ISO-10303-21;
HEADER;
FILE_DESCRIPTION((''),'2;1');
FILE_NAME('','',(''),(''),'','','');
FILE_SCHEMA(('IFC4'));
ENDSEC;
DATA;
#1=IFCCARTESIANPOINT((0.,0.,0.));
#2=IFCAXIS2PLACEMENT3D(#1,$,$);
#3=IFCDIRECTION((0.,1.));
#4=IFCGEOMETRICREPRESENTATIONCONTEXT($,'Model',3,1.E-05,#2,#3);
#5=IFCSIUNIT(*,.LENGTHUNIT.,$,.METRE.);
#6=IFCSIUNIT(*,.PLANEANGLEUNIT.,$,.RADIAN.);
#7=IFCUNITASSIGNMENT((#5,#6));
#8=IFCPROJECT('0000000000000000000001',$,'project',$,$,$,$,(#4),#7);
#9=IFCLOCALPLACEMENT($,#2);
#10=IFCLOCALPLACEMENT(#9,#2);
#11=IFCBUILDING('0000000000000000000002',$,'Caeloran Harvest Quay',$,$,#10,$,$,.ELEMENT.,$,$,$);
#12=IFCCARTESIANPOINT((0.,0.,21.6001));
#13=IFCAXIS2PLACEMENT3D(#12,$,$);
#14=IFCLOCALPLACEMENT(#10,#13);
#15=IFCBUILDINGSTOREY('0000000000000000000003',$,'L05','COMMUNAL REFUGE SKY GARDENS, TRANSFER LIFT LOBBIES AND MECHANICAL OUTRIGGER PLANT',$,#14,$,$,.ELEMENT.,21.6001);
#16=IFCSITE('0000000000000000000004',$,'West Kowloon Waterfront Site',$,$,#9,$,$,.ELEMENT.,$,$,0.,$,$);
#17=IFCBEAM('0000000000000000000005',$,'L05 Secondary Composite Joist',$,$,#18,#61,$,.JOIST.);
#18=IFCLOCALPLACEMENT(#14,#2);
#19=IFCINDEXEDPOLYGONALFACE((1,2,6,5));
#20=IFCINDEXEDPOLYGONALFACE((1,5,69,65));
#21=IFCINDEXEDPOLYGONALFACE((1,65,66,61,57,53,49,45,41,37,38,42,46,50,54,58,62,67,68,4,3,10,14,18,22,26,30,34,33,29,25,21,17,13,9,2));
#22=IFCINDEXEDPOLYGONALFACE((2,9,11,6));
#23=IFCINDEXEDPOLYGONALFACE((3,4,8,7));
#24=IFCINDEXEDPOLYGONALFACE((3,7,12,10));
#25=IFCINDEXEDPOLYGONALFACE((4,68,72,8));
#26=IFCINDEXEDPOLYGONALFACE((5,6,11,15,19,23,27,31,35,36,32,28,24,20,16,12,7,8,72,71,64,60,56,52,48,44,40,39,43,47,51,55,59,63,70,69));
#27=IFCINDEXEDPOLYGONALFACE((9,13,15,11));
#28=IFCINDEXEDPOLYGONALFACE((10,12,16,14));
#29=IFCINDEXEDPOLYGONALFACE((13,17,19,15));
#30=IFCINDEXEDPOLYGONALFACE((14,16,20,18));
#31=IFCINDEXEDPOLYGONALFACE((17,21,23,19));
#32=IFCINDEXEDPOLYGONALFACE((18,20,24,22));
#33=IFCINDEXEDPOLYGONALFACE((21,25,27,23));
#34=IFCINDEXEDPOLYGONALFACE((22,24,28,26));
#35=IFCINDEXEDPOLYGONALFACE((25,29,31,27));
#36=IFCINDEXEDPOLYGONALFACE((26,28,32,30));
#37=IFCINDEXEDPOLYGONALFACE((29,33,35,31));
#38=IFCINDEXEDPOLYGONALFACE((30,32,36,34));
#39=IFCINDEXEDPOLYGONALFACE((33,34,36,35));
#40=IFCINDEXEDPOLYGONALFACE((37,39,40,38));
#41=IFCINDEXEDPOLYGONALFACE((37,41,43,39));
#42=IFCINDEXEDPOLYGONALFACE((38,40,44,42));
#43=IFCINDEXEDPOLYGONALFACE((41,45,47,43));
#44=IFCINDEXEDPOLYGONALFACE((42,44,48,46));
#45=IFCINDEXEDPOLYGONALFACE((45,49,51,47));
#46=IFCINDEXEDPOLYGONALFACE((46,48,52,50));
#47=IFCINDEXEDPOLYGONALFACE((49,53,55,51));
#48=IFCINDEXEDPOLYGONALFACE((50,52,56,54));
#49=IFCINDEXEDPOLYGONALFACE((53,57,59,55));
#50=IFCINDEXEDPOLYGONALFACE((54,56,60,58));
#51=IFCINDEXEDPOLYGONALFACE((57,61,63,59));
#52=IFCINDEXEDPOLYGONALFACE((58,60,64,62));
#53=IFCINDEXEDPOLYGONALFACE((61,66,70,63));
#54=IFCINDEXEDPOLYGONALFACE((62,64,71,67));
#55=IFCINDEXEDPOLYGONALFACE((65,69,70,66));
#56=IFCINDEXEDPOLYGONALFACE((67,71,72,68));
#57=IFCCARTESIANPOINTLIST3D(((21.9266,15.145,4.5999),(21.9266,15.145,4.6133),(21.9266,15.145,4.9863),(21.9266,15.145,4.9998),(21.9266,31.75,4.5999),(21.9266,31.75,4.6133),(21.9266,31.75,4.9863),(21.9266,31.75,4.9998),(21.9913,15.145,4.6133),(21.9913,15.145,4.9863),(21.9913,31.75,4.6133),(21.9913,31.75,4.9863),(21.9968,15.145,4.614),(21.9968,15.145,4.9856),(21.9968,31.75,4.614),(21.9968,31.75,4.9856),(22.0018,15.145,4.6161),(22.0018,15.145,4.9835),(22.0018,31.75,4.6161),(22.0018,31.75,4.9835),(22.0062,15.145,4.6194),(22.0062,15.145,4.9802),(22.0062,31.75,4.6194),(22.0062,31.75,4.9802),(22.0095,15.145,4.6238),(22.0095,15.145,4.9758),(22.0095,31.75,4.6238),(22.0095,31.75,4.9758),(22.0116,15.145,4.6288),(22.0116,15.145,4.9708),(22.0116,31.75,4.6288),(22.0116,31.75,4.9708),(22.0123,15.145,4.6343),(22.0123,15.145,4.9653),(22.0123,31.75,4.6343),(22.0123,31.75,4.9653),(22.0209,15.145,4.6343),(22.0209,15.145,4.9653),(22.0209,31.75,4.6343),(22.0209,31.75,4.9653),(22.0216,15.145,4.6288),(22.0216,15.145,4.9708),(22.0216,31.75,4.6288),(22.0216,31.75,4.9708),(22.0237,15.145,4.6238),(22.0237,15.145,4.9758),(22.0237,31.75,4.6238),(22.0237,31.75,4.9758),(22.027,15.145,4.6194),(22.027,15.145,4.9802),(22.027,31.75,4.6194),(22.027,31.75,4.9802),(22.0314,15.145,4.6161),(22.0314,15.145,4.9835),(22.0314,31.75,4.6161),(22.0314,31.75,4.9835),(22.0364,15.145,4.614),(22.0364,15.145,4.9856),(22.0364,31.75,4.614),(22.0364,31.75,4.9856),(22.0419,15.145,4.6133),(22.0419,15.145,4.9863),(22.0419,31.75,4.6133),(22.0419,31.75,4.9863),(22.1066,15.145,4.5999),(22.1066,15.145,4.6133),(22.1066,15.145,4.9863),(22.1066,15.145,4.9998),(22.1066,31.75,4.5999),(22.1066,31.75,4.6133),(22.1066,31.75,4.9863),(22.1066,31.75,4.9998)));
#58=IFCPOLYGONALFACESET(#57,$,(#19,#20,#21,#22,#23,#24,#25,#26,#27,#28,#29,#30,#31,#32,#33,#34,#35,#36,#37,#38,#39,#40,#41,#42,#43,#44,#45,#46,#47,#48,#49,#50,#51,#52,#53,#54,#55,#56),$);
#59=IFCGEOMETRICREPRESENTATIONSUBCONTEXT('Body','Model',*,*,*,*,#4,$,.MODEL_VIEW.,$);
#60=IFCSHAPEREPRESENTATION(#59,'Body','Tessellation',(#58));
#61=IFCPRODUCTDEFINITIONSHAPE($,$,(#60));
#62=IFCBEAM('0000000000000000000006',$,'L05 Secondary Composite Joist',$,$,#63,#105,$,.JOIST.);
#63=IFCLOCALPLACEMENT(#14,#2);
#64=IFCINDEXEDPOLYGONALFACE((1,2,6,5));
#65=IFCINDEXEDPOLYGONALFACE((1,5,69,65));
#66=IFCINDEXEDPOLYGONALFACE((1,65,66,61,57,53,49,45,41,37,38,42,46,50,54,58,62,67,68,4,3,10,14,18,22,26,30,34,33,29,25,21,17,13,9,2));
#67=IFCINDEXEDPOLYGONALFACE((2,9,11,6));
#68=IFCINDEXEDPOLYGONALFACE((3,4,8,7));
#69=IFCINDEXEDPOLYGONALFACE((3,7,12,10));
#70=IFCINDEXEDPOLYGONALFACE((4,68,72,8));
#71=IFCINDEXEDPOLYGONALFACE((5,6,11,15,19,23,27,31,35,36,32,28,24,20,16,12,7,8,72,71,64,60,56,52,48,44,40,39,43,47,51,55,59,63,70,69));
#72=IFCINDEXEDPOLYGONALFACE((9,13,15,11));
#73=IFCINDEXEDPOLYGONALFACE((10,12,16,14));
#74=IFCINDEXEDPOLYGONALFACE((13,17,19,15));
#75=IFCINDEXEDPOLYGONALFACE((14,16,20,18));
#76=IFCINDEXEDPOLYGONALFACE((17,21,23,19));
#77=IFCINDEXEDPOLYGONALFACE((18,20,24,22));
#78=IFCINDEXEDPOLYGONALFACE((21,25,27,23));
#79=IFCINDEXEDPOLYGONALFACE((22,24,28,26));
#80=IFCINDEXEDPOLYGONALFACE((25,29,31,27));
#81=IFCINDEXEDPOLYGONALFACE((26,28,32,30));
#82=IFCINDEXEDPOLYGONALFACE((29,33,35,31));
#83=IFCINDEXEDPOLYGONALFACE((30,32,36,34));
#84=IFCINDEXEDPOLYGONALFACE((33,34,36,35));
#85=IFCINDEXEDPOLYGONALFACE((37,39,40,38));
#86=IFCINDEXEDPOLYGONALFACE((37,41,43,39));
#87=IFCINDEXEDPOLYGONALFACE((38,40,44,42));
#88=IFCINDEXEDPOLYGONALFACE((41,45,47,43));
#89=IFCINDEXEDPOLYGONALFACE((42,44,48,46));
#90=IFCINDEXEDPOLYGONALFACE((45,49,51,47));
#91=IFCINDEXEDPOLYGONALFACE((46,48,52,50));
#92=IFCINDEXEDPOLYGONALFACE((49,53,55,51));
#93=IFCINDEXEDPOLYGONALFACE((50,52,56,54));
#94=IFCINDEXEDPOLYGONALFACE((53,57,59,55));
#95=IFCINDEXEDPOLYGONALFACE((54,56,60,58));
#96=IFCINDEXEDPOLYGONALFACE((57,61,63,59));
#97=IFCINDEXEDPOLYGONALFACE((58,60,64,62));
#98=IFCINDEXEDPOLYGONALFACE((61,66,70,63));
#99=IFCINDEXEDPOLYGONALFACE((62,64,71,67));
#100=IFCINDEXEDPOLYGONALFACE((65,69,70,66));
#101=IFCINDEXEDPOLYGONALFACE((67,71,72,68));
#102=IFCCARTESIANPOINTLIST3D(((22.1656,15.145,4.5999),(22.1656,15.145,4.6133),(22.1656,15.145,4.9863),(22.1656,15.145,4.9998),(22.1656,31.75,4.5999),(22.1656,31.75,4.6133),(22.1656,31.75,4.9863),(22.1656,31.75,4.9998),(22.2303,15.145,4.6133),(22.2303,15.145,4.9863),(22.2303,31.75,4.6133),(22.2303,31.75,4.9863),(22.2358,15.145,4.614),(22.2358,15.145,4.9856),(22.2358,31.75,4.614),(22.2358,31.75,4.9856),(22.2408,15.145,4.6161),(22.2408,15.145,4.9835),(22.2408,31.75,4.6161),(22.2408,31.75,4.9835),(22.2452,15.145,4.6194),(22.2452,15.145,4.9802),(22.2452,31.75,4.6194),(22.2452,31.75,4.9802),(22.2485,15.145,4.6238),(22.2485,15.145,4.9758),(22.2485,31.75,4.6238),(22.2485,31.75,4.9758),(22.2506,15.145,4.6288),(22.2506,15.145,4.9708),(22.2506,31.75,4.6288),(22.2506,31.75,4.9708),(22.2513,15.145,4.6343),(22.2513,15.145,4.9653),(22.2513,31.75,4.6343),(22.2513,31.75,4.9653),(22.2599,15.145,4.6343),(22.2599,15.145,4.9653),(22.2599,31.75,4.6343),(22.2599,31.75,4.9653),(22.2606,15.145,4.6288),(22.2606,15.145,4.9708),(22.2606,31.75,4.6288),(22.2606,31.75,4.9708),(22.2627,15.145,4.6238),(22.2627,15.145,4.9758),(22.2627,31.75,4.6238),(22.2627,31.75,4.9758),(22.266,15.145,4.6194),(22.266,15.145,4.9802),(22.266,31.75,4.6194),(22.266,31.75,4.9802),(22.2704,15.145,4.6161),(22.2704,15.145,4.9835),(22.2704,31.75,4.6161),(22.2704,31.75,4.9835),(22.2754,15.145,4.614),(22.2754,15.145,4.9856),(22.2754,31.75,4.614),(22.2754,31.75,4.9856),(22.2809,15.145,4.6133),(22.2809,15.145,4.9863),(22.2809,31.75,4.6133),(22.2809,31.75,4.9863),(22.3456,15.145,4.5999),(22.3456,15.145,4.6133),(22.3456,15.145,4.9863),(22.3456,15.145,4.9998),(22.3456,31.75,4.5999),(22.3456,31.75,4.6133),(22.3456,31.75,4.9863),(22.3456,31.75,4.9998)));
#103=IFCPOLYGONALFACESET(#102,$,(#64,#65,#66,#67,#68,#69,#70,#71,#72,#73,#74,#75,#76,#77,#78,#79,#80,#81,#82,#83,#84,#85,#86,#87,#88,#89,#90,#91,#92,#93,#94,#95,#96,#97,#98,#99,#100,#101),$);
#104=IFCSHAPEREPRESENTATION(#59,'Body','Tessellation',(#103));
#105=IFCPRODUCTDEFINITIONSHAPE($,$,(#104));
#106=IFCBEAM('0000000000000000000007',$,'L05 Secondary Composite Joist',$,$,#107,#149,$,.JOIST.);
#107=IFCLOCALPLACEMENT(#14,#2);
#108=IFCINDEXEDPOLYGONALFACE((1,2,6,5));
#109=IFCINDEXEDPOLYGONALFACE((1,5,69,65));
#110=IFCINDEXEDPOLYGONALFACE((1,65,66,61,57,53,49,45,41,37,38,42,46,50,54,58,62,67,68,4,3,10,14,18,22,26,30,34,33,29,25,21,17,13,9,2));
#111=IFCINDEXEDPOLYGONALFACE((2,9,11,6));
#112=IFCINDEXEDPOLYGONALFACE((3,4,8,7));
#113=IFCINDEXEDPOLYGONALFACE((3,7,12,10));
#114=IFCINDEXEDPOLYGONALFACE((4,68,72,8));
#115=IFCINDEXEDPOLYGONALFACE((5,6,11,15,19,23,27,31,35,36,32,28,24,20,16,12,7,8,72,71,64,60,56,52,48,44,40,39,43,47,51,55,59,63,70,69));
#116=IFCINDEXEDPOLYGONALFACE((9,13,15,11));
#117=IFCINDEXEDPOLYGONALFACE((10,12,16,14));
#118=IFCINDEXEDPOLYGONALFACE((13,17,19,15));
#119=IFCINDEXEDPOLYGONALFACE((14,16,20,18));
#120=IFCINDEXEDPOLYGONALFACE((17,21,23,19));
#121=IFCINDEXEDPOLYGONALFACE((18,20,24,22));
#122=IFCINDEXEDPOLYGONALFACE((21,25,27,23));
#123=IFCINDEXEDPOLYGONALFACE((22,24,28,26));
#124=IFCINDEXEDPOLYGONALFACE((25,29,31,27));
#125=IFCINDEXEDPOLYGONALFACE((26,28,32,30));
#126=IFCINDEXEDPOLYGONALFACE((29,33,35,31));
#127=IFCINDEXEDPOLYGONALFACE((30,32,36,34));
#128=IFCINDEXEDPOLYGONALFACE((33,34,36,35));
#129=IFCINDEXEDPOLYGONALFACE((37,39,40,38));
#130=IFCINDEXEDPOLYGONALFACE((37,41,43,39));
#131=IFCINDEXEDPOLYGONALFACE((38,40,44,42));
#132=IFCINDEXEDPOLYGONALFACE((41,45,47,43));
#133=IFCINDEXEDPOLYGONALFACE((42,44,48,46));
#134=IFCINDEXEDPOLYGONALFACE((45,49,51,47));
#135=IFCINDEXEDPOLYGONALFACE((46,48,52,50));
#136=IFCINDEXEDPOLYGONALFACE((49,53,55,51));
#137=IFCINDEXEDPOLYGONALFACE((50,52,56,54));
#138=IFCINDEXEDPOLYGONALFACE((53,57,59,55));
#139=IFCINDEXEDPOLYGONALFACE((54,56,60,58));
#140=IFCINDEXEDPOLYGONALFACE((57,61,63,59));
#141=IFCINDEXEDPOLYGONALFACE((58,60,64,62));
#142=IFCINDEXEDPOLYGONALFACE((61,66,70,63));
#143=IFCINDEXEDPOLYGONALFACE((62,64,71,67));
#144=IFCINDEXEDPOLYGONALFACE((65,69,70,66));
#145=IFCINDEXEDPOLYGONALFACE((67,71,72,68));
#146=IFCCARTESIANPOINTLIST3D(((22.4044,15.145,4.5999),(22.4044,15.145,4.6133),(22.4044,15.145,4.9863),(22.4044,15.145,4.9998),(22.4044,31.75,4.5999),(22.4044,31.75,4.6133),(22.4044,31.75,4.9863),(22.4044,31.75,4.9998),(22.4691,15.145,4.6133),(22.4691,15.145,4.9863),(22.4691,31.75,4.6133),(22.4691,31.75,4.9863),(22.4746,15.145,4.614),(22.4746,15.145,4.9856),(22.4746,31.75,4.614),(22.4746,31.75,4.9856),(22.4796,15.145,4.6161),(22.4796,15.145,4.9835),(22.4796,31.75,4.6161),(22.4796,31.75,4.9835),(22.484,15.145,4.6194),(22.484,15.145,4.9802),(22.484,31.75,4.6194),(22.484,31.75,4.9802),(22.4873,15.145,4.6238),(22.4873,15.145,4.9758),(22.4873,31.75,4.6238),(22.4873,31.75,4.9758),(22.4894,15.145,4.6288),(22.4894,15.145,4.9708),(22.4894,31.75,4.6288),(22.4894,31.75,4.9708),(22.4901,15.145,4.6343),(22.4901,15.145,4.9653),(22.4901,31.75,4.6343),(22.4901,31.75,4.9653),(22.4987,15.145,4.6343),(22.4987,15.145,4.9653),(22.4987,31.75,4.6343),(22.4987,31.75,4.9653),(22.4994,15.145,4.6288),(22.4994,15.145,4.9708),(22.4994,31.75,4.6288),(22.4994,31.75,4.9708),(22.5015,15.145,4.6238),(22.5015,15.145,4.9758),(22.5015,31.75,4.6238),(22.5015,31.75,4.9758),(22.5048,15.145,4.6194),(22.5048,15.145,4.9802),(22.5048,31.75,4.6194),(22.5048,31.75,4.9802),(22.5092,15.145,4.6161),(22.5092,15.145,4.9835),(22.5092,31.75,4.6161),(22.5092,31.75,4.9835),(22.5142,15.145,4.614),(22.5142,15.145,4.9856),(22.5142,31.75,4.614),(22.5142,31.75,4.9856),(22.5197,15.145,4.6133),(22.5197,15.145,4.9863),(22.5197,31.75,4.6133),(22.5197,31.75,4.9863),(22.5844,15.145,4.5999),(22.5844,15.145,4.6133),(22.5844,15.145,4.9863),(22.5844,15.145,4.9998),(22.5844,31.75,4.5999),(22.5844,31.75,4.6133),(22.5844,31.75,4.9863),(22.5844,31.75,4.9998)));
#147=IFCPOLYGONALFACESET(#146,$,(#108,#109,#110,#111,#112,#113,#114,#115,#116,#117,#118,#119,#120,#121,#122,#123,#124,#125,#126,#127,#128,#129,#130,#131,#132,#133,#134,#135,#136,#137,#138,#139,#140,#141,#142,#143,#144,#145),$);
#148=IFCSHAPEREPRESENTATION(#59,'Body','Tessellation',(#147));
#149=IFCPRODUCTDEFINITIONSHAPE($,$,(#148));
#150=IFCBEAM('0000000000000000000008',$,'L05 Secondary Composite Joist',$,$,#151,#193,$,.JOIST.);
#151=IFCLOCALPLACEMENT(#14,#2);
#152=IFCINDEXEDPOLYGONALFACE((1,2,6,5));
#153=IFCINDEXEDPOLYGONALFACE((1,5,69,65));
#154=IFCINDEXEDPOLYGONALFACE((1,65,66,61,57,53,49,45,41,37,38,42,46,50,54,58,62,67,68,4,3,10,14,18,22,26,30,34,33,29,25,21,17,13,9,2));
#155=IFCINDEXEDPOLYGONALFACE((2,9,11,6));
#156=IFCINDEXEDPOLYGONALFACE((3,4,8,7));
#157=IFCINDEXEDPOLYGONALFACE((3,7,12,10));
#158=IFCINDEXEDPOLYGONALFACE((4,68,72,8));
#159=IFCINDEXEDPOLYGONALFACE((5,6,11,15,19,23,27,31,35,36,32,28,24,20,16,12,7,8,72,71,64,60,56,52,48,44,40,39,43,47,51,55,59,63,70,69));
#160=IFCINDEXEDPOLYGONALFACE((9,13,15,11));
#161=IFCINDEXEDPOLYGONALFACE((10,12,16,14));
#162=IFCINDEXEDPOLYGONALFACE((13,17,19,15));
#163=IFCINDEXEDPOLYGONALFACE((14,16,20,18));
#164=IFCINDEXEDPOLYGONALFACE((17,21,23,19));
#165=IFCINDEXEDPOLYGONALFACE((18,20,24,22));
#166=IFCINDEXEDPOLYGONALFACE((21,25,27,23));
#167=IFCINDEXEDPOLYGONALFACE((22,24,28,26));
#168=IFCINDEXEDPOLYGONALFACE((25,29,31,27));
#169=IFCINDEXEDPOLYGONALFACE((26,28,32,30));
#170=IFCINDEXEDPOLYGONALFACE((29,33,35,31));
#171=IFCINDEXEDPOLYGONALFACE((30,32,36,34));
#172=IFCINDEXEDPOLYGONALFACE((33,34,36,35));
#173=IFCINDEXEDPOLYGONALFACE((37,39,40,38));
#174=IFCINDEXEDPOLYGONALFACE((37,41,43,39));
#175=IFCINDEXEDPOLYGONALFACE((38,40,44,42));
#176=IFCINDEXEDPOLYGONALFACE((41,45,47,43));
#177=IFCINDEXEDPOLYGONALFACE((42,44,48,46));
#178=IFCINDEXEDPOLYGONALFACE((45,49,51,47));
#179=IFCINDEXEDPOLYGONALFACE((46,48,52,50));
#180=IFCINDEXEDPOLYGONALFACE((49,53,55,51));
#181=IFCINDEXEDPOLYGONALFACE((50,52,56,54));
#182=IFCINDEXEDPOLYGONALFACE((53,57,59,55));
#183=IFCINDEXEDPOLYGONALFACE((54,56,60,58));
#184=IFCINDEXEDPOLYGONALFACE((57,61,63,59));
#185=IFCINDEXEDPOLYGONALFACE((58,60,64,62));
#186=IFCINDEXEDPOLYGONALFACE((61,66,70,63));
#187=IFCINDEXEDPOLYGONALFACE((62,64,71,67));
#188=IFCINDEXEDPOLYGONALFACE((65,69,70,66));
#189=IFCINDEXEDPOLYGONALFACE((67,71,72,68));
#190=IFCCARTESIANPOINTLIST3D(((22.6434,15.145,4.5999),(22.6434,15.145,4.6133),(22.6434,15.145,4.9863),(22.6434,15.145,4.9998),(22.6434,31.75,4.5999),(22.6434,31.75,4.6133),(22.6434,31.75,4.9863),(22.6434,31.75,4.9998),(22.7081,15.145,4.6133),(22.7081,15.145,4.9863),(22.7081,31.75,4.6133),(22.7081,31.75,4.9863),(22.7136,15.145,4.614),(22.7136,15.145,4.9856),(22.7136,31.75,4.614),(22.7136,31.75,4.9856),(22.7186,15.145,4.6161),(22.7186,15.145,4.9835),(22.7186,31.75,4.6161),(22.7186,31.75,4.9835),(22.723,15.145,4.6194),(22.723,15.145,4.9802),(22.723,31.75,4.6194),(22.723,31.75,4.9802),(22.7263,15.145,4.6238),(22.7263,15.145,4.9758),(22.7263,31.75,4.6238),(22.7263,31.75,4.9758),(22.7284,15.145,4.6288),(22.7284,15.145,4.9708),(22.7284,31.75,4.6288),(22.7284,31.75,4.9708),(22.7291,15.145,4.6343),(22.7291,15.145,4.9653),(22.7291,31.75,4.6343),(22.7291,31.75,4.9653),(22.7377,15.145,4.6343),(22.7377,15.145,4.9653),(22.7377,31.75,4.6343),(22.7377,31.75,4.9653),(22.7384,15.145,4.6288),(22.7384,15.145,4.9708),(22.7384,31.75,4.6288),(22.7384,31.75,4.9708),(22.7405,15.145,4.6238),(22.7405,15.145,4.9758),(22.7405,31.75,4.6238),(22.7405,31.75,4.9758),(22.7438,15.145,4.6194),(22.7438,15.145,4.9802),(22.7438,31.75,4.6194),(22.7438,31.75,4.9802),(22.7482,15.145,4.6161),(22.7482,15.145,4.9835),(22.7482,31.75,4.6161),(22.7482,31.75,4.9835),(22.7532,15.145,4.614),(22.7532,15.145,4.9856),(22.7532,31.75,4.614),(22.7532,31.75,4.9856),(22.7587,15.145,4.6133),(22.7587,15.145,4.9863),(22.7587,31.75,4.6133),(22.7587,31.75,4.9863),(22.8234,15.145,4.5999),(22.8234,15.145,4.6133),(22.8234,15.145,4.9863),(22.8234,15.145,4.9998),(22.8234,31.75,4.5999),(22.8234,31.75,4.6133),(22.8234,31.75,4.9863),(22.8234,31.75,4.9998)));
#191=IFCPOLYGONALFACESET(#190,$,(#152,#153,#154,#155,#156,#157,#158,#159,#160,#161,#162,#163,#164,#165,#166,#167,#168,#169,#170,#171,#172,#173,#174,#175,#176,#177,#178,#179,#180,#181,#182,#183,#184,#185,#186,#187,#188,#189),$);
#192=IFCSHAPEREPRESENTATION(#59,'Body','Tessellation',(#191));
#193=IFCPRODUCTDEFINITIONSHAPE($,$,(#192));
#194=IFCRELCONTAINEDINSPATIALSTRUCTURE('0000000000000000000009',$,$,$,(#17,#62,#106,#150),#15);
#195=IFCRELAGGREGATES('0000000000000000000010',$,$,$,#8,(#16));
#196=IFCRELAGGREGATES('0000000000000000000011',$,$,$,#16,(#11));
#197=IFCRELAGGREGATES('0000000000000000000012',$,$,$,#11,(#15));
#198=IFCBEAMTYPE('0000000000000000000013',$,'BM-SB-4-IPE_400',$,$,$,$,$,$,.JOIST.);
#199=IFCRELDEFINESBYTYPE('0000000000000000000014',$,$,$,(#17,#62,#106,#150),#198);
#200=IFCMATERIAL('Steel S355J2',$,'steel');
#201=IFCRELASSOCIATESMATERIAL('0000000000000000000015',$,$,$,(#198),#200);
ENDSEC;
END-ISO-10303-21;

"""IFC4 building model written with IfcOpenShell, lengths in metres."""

from ifc_helpers import new_model, si_unit, direction, frame, origin, origin_2d, place, context, subcontext, project, spatial, i_section, extrude, material, material_profile, profile_set, type_object, element, save


model = new_model("IFC4")

# Units and contexts
model_context = context("Model", 3, precision=1e-05, world=origin(), true_north=direction((0.0, 1.0)))
body_context = subcontext(model_context, "Body", "Model", "MODEL_VIEW")
ifc_project = project(units=[si_unit("LENGTHUNIT", "METRE"), si_unit("PLANEANGLEUNIT", "RADIAN")], contexts=[model_context])

# Site, building, storey
site_placement = place(None, origin())
site = spatial("IfcSite", under=ifc_project, at=site_placement, Name="West Kowloon Waterfront Site", CompositionType="ELEMENT", RefElevation=0.0)
building_placement = place(site_placement, origin())
building = spatial("IfcBuilding", under=site, at=building_placement, Name="Caeloran Harvest Quay", CompositionType="ELEMENT")
storey_placement = place(building_placement, frame((0.0, 0.0, 21.6001)))
storey = spatial("IfcBuildingStorey", under=building, at=storey_placement, Name="L05", Description="COMMUNAL REFUGE SKY GARDENS, TRANSFER LIFT LOBBIES AND MECHANICAL OUTRIGGER PLANT", CompositionType="ELEMENT", Elevation=21.6001)

# Beams
ifc_material_1 = material(Name="Steel S355J2", Category="steel")
ifc_material_profile_1 = material_profile(ifc_material_1, i_section(OverallWidth=0.1799, OverallDepth=0.3999, WebThickness=0.0085, FlangeThickness=0.0134, FilletRadius=0.021, at=origin_2d()), Name="IPE 400")
ifc_profile_set_1 = profile_set([ifc_material_profile_1], Name="Steel S355J2")
beam_type_1 = type_object("IfcBeamType", Name="BM-SB-4-IPE_400", PredefinedType="JOIST", material=ifc_profile_set_1)
for number, where, z_axis, x_axis, name in (
    (1, (22.0166, 15.145, 4.7998), (0.0, 1.0, 0.0), (-1.0, 0.0, 0.0), "L05 Secondary Composite Joist"),
    (2, (22.2556, 15.145, 4.7998), (0.0, 1.0, 0.0), (-1.0, 0.0, 0.0), "L05 Secondary Composite Joist"),
    (3, (22.4944, 15.145, 4.7998), (0.0, 1.0, 0.0), (-1.0, 0.0, 0.0), "L05 Secondary Composite Joist"),
    (4, (22.7334, 15.145, 4.7998), (0.0, 1.0, 0.0), (-1.0, 0.0, 0.0), "L05 Secondary Composite Joist"),
):
    element("IfcBeam", number, at=place(storey_placement, frame(where, z_axis=z_axis, x_axis=x_axis)), inside=storey, type_object=beam_type_1, Name=name, PredefinedType="JOIST", context=body_context, shape_type="SweptSolid", body=[
        extrude(i_section(OverallWidth=0.1799, OverallDepth=0.3999, WebThickness=0.0085, FlangeThickness=0.0134, FilletRadius=0.021, at=origin_2d()), origin(), (0.0, 0.0, 1.0), 16.605),
    ])

save(model, "model.ifc")
